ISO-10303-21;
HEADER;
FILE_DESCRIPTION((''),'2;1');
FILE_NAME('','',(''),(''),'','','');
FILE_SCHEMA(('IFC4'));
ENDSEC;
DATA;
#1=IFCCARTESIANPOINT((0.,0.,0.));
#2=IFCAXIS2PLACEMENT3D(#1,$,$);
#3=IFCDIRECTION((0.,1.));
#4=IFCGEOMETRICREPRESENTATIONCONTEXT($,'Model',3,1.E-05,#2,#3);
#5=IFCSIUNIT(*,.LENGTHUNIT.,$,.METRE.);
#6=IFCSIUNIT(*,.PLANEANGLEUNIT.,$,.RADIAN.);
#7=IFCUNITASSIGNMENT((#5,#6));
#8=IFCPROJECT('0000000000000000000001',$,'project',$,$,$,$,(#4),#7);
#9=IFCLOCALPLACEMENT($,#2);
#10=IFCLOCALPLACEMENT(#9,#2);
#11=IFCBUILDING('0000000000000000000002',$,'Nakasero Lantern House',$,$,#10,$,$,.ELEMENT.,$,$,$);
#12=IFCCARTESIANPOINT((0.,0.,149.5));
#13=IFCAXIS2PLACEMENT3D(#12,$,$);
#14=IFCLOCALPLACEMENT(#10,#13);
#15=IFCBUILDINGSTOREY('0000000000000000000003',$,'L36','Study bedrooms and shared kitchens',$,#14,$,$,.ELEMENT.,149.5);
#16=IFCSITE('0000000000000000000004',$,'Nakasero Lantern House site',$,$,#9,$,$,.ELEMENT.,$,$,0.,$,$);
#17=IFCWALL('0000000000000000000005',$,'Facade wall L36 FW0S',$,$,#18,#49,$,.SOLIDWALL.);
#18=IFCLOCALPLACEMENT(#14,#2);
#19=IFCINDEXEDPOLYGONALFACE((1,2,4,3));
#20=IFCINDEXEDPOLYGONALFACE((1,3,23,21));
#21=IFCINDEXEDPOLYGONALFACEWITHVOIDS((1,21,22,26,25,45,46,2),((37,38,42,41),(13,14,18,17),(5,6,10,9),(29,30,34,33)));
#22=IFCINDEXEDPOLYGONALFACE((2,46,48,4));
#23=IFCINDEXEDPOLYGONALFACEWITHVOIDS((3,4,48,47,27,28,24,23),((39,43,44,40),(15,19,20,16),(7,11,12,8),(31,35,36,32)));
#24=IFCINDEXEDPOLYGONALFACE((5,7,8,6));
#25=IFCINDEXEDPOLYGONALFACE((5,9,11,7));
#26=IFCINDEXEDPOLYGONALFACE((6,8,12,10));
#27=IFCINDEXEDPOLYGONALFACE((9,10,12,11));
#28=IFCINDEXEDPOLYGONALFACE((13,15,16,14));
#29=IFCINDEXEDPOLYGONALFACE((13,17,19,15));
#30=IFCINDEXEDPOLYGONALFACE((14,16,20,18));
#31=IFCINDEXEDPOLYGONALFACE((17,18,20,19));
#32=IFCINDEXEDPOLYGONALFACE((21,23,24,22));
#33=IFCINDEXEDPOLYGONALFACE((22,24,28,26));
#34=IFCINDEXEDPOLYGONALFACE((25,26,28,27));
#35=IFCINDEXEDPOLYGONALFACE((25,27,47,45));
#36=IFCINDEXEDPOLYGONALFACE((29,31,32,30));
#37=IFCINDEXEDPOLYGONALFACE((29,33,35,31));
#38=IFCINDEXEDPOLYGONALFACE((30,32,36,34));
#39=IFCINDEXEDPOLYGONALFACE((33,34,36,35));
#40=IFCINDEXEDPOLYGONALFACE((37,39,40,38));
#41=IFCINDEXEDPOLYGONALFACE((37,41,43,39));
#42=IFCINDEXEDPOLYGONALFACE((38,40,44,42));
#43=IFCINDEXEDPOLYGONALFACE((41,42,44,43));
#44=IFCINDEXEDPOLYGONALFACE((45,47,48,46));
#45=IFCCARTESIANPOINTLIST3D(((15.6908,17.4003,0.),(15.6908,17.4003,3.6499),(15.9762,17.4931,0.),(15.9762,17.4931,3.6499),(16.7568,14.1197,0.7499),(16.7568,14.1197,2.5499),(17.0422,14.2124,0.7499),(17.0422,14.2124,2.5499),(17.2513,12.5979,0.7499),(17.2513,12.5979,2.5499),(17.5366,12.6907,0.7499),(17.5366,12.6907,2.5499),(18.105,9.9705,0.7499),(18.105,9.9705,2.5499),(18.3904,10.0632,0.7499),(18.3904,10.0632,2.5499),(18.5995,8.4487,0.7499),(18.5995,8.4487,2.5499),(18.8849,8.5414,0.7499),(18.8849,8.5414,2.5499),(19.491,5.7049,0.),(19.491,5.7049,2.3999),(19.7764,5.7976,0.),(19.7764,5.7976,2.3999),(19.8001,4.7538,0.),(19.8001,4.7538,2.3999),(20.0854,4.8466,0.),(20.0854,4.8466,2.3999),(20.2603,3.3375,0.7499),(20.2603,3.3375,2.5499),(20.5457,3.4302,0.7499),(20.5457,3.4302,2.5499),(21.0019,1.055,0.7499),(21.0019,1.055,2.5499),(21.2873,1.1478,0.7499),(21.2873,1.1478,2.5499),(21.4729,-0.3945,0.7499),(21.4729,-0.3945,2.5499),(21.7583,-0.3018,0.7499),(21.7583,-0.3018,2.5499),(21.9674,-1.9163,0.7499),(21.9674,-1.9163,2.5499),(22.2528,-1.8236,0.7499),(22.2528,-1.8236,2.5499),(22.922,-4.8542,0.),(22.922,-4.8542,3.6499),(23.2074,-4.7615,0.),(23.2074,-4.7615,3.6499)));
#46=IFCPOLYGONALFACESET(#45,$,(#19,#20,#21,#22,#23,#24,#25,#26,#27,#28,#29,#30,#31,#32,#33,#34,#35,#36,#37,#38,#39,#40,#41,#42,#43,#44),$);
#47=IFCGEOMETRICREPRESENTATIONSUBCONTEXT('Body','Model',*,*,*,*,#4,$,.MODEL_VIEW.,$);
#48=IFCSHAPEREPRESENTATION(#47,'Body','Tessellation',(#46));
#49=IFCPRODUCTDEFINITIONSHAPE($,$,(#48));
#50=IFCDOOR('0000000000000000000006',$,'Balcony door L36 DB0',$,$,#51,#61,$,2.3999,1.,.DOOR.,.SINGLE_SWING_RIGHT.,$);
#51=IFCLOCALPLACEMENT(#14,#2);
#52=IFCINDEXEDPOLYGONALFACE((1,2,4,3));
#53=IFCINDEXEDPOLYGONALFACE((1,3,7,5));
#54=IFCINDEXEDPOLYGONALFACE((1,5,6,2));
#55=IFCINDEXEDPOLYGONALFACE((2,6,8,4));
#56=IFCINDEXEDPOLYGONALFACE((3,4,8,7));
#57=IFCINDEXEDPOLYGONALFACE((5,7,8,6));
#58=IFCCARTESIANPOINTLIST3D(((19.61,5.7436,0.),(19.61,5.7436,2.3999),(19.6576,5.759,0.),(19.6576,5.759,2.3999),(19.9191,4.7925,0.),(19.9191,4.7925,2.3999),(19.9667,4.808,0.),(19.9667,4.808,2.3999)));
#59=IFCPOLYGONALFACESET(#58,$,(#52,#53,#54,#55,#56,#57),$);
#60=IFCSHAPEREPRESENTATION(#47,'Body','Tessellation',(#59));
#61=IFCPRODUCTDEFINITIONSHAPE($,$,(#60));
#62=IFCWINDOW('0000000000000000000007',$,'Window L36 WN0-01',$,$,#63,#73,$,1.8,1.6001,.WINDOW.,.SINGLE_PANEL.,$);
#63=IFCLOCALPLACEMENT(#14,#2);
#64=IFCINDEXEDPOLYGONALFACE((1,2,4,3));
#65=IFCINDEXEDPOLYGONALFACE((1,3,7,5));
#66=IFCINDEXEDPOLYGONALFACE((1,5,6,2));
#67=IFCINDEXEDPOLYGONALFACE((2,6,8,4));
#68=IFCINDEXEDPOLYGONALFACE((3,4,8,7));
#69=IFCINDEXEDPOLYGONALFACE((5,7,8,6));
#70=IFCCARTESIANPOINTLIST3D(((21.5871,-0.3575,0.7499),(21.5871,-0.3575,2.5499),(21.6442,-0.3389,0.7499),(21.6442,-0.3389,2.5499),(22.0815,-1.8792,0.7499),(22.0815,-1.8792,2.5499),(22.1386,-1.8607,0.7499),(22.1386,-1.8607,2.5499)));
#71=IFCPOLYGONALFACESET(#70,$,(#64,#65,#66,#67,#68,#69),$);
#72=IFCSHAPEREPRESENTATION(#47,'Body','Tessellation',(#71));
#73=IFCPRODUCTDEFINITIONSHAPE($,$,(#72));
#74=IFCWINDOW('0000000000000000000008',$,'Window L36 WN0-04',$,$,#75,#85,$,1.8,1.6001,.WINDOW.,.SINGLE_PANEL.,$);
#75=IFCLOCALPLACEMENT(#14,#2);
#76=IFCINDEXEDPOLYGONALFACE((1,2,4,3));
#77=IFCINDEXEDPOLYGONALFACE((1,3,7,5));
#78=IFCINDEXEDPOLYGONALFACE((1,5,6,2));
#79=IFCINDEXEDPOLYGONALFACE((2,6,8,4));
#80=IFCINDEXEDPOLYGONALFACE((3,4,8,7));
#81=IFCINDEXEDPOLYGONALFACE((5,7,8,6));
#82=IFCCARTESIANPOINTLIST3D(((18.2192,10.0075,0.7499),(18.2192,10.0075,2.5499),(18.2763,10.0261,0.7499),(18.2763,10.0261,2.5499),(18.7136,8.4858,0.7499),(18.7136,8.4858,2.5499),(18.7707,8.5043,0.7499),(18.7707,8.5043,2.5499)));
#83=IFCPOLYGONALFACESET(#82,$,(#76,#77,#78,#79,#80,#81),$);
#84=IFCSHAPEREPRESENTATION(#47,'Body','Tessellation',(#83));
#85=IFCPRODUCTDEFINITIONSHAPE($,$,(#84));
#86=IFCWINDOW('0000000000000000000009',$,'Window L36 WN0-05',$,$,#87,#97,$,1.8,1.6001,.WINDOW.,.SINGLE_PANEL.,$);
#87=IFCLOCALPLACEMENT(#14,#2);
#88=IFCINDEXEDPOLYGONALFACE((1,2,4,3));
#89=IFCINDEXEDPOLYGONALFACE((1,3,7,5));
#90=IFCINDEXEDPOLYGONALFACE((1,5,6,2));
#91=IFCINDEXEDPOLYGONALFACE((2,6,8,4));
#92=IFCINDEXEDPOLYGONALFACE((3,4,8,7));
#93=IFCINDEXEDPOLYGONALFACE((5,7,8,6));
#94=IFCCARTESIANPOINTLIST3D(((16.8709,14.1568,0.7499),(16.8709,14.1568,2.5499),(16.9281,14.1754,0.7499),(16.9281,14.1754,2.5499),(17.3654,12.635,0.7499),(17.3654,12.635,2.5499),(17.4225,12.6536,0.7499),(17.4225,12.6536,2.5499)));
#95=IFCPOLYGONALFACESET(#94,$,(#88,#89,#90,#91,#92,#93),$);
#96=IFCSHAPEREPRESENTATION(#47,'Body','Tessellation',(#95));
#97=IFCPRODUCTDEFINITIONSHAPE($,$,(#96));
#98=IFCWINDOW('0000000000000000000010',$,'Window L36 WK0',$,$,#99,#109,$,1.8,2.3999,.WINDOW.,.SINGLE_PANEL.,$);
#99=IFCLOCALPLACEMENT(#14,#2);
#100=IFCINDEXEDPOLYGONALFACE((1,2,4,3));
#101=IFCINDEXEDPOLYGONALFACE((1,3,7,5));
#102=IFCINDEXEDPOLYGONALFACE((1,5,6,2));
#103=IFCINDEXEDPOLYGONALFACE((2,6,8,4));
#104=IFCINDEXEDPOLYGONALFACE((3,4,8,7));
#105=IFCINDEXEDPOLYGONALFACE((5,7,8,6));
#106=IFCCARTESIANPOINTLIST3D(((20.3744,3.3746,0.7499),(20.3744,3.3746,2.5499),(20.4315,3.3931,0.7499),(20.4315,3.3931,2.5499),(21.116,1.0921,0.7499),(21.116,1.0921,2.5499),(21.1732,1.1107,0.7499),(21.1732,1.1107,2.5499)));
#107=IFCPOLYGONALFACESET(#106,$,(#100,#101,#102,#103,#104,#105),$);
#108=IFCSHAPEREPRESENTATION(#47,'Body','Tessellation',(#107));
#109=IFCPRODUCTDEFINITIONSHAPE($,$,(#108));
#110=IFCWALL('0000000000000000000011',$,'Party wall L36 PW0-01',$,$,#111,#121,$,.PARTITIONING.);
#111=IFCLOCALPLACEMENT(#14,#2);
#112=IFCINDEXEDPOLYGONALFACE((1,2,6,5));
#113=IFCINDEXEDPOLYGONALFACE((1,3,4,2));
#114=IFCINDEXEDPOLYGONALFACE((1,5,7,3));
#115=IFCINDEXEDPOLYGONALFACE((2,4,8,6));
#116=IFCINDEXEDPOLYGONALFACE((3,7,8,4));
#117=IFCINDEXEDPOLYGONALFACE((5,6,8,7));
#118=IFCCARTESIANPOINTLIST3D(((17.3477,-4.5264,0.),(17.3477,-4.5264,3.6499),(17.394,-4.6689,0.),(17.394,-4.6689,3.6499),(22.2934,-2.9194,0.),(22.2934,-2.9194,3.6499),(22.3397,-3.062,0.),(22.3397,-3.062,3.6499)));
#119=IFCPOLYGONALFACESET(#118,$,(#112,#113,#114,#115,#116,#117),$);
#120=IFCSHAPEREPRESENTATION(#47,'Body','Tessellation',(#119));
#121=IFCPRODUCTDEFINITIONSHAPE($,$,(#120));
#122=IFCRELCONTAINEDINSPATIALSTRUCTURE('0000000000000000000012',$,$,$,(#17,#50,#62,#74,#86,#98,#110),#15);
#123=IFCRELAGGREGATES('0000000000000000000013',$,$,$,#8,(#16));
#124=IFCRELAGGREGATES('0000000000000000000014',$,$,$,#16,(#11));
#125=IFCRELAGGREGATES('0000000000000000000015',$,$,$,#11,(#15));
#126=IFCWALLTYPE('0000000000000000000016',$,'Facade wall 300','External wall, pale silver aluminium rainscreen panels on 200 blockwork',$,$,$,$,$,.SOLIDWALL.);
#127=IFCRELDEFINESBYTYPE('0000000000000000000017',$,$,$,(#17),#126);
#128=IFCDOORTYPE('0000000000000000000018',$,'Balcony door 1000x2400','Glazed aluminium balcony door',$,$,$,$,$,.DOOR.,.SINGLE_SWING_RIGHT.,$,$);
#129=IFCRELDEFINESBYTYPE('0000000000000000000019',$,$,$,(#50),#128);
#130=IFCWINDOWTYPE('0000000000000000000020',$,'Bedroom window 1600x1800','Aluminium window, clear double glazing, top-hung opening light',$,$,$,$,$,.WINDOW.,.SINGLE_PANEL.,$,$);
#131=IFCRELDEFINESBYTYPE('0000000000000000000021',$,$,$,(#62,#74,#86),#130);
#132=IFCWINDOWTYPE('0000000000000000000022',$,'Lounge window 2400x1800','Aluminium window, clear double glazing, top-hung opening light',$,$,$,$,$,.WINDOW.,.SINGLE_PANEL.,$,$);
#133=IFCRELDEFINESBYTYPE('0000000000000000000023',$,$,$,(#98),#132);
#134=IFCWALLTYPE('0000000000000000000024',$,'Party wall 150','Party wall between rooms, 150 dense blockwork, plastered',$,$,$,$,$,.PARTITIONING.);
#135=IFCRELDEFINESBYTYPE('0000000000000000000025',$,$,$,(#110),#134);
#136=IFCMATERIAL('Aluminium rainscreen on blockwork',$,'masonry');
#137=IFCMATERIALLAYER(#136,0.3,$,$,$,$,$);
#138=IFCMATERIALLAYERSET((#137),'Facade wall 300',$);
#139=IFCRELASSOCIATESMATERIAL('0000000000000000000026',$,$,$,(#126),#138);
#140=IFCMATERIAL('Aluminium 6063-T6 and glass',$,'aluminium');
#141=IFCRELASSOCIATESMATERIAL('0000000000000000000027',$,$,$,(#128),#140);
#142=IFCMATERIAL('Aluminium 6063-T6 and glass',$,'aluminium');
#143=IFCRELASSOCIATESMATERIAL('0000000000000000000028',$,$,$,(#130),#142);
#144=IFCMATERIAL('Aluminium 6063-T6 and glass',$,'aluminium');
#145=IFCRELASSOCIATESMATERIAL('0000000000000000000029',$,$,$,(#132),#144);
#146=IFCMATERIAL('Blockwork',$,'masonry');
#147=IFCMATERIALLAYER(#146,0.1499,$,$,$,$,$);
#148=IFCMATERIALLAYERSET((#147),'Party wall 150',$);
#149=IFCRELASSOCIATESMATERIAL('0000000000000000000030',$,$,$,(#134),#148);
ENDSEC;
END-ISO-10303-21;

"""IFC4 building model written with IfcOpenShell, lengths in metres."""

from ifc_helpers import new_model, si_unit, direction, frame, frame_2d, origin, place, context, subcontext, project, spatial, rectangle, extrude, material, layer, layer_set, type_object, element, fill, save


model = new_model("IFC4")

# Units and contexts
model_context = context("Model", 3, precision=1e-05, world=origin(), true_north=direction((0.0, 1.0)))
body_context = subcontext(model_context, "Body", "Model", "MODEL_VIEW")
ifc_project = project(units=[si_unit("LENGTHUNIT", "METRE"), si_unit("PLANEANGLEUNIT", "RADIAN")], contexts=[model_context])

# Site, building, storey
site_placement = place(None, origin())
site = spatial("IfcSite", under=ifc_project, at=site_placement, Name="Nakasero Lantern House site", CompositionType="ELEMENT", RefElevation=0.0)
building_placement = place(site_placement, origin())
building = spatial("IfcBuilding", under=site, at=building_placement, Name="Nakasero Lantern House", CompositionType="ELEMENT")
storey_placement = place(building_placement, frame((0.0, 0.0, 149.5)))
storey = spatial("IfcBuildingStorey", under=building, at=storey_placement, Name="L36", Description="Study bedrooms and shared kitchens", CompositionType="ELEMENT", Elevation=149.5)

# Wall, openings, door, windows
ifc_material_1 = material(Name="Aluminium rainscreen on blockwork", Category="masonry")
ifc_layer_1 = layer(ifc_material_1, 0.3)
ifc_layer_set_1 = layer_set([ifc_layer_1], Name="Facade wall 300")
wall_type_1 = type_object("IfcWallType", Name="Facade wall 300", Description="External wall, pale silver aluminium rainscreen panels on 200 blockwork", PredefinedType="SOLIDWALL", material=ifc_layer_set_1)
wall_1_placement = place(storey_placement, frame((23.0647, -4.8079, 0.0), z_axis=(0.0, 0.0, 1.0), x_axis=(-0.309026, 0.951054, 0.0)))
wall_1 = element("IfcWall", 1, at=wall_1_placement, inside=storey, type_object=wall_type_1, Name="Facade wall L36 FW0S", PredefinedType="SOLIDWALL", context=body_context, shape_type="SweptSolid", body=[
    extrude(rectangle(XDim=23.3999, YDim=0.3, at=frame_2d((11.7, 0.0))), origin(), (0.0, 0.0, 1.0), 3.6499),
])
opening_1_placement = place(wall_1_placement, frame((3.0891, 0.0, 0.75)))
opening_1 = element("IfcOpeningElement", 2, at=opening_1_placement, cuts=wall_1, PredefinedType="OPENING", context=body_context, shape_type="SweptSolid", body=[
    extrude(rectangle(XDim=1.6001, YDim=1.8, at=frame_2d((0.8, 0.8999))), frame((0.0, 0.1699, 0.0), z_axis=(0.0, -1.0, 0.0), x_axis=(1.0, 0.0, 0.0)), (0.0, 0.0, 1.0), 0.3401),
])
opening_2_placement = place(wall_1_placement, frame((13.9875, 0.0, 0.75)))
opening_2 = element("IfcOpeningElement", 3, at=opening_2_placement, cuts=wall_1, PredefinedType="OPENING", context=body_context, shape_type="SweptSolid", body=[
    extrude(rectangle(XDim=1.6001, YDim=1.8, at=frame_2d((0.8, 0.8999))), frame((0.0, 0.1699, 0.0), z_axis=(0.0, -1.0, 0.0), x_axis=(1.0, 0.0, 0.0)), (0.0, 0.0, 1.0), 0.3401),
])
opening_3_placement = place(wall_1_placement, frame((18.3503, 0.0, 0.75)))
opening_3 = element("IfcOpeningElement", 4, at=opening_3_placement, cuts=wall_1, PredefinedType="OPENING", context=body_context, shape_type="SweptSolid", body=[
    extrude(rectangle(XDim=1.6001, YDim=1.8, at=frame_2d((0.8, 0.8999))), frame((0.0, 0.1699, 0.0), z_axis=(0.0, -1.0, 0.0), x_axis=(1.0, 0.0, 0.0)), (0.0, 0.0, 1.0), 0.3401),
])
opening_4_placement = place(wall_1_placement, frame((6.2134, 0.0, 0.75)))
opening_4 = element("IfcOpeningElement", 5, at=opening_4_placement, cuts=wall_1, PredefinedType="OPENING", context=body_context, shape_type="SweptSolid", body=[
    extrude(rectangle(XDim=2.3999, YDim=1.8, at=frame_2d((1.2, 0.8999))), frame((0.0, 0.1699, 0.0), z_axis=(0.0, -1.0, 0.0), x_axis=(1.0, 0.0, 0.0)), (0.0, 0.0, 1.0), 0.3401),
])
opening_5_placement = place(wall_1_placement, frame((10.1025, 0.0, 0.0)))
opening_5 = element("IfcOpeningElement", 6, at=opening_5_placement, cuts=wall_1, PredefinedType="OPENING", context=body_context, shape_type="SweptSolid", body=[
    extrude(rectangle(XDim=1.0, YDim=2.3999, at=frame_2d((0.5, 1.2))), frame((0.0, 0.1699, 0.0), z_axis=(0.0, -1.0, 0.0), x_axis=(1.0, 0.0, 0.0)), (0.0, 0.0, 1.0), 0.3401),
])
ifc_material_2 = material(Name="Aluminium 6063-T6 and glass", Category="aluminium")
door_type_1 = type_object("IfcDoorType", Name="Balcony door 1000x2400", Description="Glazed aluminium balcony door", OperationType="SINGLE_SWING_RIGHT", PredefinedType="DOOR", material=ifc_material_2)
door_1_placement = place(opening_5_placement, origin())
door_1 = element("IfcDoor", 7, at=door_1_placement, inside=storey, type_object=door_type_1, Name="Balcony door L36 DB0", OperationType="SINGLE_SWING_RIGHT", OverallHeight=2.3999, OverallWidth=1.0, PredefinedType="DOOR", context=body_context, shape_type="SweptSolid", body=[
    extrude(rectangle(XDim=1.0, YDim=2.3999, at=frame_2d((0.5, 1.2))), frame((0.0, 0.0249, 0.0), z_axis=(0.0, -1.0, 0.0), x_axis=(1.0, 0.0, 0.0)), (0.0, 0.0, 1.0), 0.05),
])
fill(opening_5, door_1)
ifc_material_3 = material(Name="Aluminium 6063-T6 and glass", Category="aluminium")
window_type_1 = type_object("IfcWindowType", Name="Bedroom window 1600x1800", Description="Aluminium window, clear double glazing, top-hung opening light", PartitioningType="SINGLE_PANEL", PredefinedType="WINDOW", material=ifc_material_3)
window_1_placement = place(opening_1_placement, origin())
window_1 = element("IfcWindow", 8, at=window_1_placement, inside=storey, type_object=window_type_1, Name="Window L36 WN0-01", OverallHeight=1.8, OverallWidth=1.6001, PartitioningType="SINGLE_PANEL", PredefinedType="WINDOW", context=body_context, shape_type="SweptSolid", body=[
    extrude(rectangle(XDim=1.6001, YDim=1.8, at=frame_2d((0.8, 0.8999))), frame((0.0, 0.03, 0.0), z_axis=(0.0, -1.0, 0.0), x_axis=(1.0, 0.0, 0.0)), (0.0, 0.0, 1.0), 0.0601),
])
fill(opening_1, window_1)
window_2_placement = place(opening_2_placement, origin())
window_2 = element("IfcWindow", 9, at=window_2_placement, inside=storey, type_object=window_type_1, Name="Window L36 WN0-04", OverallHeight=1.8, OverallWidth=1.6001, PartitioningType="SINGLE_PANEL", PredefinedType="WINDOW", context=body_context, shape_type="SweptSolid", body=[
    extrude(rectangle(XDim=1.6001, YDim=1.8, at=frame_2d((0.8, 0.8999))), frame((0.0, 0.03, 0.0), z_axis=(0.0, -1.0, 0.0), x_axis=(1.0, 0.0, 0.0)), (0.0, 0.0, 1.0), 0.0601),
])
fill(opening_2, window_2)
window_3_placement = place(opening_3_placement, origin())
window_3 = element("IfcWindow", 10, at=window_3_placement, inside=storey, type_object=window_type_1, Name="Window L36 WN0-05", OverallHeight=1.8, OverallWidth=1.6001, PartitioningType="SINGLE_PANEL", PredefinedType="WINDOW", context=body_context, shape_type="SweptSolid", body=[
    extrude(rectangle(XDim=1.6001, YDim=1.8, at=frame_2d((0.8, 0.8999))), frame((0.0, 0.03, 0.0), z_axis=(0.0, -1.0, 0.0), x_axis=(1.0, 0.0, 0.0)), (0.0, 0.0, 1.0), 0.0601),
])
fill(opening_3, window_3)
ifc_material_4 = material(Name="Aluminium 6063-T6 and glass", Category="aluminium")
window_type_2 = type_object("IfcWindowType", Name="Lounge window 2400x1800", Description="Aluminium window, clear double glazing, top-hung opening light", PartitioningType="SINGLE_PANEL", PredefinedType="WINDOW", material=ifc_material_4)
window_4_placement = place(opening_4_placement, origin())
window_4 = element("IfcWindow", 11, at=window_4_placement, inside=storey, type_object=window_type_2, Name="Window L36 WK0", OverallHeight=1.8, OverallWidth=2.3999, PartitioningType="SINGLE_PANEL", PredefinedType="WINDOW", context=body_context, shape_type="SweptSolid", body=[
    extrude(rectangle(XDim=2.3999, YDim=1.8, at=frame_2d((1.2, 0.8999))), frame((0.0, 0.03, 0.0), z_axis=(0.0, -1.0, 0.0), x_axis=(1.0, 0.0, 0.0)), (0.0, 0.0, 1.0), 0.0601),
])
fill(opening_4, window_4)

# Wall
ifc_material_5 = material(Name="Blockwork", Category="masonry")
ifc_layer_2 = layer(ifc_material_5, 0.1499)
ifc_layer_set_2 = layer_set([ifc_layer_2], Name="Party wall 150")
wall_type_2 = type_object("IfcWallType", Name="Party wall 150", Description="Party wall between rooms, 150 dense blockwork, plastered", PredefinedType="PARTITIONING", material=ifc_layer_set_2)
wall_2_placement = place(storey_placement, frame((17.3708, -4.5977, 0.0), z_axis=(0.0, 0.0, 1.0), x_axis=(0.951055, 0.309021, 0.0)))
element("IfcWall", 12, at=wall_2_placement, inside=storey, type_object=wall_type_2, Name="Party wall L36 PW0-01", PredefinedType="PARTITIONING", context=body_context, shape_type="SweptSolid", body=[
    extrude(rectangle(XDim=5.2002, YDim=0.1499, at=frame_2d((2.6001, 0.0))), origin(), (0.0, 0.0, 1.0), 3.6499),
])

save(model, "model.ifc")
